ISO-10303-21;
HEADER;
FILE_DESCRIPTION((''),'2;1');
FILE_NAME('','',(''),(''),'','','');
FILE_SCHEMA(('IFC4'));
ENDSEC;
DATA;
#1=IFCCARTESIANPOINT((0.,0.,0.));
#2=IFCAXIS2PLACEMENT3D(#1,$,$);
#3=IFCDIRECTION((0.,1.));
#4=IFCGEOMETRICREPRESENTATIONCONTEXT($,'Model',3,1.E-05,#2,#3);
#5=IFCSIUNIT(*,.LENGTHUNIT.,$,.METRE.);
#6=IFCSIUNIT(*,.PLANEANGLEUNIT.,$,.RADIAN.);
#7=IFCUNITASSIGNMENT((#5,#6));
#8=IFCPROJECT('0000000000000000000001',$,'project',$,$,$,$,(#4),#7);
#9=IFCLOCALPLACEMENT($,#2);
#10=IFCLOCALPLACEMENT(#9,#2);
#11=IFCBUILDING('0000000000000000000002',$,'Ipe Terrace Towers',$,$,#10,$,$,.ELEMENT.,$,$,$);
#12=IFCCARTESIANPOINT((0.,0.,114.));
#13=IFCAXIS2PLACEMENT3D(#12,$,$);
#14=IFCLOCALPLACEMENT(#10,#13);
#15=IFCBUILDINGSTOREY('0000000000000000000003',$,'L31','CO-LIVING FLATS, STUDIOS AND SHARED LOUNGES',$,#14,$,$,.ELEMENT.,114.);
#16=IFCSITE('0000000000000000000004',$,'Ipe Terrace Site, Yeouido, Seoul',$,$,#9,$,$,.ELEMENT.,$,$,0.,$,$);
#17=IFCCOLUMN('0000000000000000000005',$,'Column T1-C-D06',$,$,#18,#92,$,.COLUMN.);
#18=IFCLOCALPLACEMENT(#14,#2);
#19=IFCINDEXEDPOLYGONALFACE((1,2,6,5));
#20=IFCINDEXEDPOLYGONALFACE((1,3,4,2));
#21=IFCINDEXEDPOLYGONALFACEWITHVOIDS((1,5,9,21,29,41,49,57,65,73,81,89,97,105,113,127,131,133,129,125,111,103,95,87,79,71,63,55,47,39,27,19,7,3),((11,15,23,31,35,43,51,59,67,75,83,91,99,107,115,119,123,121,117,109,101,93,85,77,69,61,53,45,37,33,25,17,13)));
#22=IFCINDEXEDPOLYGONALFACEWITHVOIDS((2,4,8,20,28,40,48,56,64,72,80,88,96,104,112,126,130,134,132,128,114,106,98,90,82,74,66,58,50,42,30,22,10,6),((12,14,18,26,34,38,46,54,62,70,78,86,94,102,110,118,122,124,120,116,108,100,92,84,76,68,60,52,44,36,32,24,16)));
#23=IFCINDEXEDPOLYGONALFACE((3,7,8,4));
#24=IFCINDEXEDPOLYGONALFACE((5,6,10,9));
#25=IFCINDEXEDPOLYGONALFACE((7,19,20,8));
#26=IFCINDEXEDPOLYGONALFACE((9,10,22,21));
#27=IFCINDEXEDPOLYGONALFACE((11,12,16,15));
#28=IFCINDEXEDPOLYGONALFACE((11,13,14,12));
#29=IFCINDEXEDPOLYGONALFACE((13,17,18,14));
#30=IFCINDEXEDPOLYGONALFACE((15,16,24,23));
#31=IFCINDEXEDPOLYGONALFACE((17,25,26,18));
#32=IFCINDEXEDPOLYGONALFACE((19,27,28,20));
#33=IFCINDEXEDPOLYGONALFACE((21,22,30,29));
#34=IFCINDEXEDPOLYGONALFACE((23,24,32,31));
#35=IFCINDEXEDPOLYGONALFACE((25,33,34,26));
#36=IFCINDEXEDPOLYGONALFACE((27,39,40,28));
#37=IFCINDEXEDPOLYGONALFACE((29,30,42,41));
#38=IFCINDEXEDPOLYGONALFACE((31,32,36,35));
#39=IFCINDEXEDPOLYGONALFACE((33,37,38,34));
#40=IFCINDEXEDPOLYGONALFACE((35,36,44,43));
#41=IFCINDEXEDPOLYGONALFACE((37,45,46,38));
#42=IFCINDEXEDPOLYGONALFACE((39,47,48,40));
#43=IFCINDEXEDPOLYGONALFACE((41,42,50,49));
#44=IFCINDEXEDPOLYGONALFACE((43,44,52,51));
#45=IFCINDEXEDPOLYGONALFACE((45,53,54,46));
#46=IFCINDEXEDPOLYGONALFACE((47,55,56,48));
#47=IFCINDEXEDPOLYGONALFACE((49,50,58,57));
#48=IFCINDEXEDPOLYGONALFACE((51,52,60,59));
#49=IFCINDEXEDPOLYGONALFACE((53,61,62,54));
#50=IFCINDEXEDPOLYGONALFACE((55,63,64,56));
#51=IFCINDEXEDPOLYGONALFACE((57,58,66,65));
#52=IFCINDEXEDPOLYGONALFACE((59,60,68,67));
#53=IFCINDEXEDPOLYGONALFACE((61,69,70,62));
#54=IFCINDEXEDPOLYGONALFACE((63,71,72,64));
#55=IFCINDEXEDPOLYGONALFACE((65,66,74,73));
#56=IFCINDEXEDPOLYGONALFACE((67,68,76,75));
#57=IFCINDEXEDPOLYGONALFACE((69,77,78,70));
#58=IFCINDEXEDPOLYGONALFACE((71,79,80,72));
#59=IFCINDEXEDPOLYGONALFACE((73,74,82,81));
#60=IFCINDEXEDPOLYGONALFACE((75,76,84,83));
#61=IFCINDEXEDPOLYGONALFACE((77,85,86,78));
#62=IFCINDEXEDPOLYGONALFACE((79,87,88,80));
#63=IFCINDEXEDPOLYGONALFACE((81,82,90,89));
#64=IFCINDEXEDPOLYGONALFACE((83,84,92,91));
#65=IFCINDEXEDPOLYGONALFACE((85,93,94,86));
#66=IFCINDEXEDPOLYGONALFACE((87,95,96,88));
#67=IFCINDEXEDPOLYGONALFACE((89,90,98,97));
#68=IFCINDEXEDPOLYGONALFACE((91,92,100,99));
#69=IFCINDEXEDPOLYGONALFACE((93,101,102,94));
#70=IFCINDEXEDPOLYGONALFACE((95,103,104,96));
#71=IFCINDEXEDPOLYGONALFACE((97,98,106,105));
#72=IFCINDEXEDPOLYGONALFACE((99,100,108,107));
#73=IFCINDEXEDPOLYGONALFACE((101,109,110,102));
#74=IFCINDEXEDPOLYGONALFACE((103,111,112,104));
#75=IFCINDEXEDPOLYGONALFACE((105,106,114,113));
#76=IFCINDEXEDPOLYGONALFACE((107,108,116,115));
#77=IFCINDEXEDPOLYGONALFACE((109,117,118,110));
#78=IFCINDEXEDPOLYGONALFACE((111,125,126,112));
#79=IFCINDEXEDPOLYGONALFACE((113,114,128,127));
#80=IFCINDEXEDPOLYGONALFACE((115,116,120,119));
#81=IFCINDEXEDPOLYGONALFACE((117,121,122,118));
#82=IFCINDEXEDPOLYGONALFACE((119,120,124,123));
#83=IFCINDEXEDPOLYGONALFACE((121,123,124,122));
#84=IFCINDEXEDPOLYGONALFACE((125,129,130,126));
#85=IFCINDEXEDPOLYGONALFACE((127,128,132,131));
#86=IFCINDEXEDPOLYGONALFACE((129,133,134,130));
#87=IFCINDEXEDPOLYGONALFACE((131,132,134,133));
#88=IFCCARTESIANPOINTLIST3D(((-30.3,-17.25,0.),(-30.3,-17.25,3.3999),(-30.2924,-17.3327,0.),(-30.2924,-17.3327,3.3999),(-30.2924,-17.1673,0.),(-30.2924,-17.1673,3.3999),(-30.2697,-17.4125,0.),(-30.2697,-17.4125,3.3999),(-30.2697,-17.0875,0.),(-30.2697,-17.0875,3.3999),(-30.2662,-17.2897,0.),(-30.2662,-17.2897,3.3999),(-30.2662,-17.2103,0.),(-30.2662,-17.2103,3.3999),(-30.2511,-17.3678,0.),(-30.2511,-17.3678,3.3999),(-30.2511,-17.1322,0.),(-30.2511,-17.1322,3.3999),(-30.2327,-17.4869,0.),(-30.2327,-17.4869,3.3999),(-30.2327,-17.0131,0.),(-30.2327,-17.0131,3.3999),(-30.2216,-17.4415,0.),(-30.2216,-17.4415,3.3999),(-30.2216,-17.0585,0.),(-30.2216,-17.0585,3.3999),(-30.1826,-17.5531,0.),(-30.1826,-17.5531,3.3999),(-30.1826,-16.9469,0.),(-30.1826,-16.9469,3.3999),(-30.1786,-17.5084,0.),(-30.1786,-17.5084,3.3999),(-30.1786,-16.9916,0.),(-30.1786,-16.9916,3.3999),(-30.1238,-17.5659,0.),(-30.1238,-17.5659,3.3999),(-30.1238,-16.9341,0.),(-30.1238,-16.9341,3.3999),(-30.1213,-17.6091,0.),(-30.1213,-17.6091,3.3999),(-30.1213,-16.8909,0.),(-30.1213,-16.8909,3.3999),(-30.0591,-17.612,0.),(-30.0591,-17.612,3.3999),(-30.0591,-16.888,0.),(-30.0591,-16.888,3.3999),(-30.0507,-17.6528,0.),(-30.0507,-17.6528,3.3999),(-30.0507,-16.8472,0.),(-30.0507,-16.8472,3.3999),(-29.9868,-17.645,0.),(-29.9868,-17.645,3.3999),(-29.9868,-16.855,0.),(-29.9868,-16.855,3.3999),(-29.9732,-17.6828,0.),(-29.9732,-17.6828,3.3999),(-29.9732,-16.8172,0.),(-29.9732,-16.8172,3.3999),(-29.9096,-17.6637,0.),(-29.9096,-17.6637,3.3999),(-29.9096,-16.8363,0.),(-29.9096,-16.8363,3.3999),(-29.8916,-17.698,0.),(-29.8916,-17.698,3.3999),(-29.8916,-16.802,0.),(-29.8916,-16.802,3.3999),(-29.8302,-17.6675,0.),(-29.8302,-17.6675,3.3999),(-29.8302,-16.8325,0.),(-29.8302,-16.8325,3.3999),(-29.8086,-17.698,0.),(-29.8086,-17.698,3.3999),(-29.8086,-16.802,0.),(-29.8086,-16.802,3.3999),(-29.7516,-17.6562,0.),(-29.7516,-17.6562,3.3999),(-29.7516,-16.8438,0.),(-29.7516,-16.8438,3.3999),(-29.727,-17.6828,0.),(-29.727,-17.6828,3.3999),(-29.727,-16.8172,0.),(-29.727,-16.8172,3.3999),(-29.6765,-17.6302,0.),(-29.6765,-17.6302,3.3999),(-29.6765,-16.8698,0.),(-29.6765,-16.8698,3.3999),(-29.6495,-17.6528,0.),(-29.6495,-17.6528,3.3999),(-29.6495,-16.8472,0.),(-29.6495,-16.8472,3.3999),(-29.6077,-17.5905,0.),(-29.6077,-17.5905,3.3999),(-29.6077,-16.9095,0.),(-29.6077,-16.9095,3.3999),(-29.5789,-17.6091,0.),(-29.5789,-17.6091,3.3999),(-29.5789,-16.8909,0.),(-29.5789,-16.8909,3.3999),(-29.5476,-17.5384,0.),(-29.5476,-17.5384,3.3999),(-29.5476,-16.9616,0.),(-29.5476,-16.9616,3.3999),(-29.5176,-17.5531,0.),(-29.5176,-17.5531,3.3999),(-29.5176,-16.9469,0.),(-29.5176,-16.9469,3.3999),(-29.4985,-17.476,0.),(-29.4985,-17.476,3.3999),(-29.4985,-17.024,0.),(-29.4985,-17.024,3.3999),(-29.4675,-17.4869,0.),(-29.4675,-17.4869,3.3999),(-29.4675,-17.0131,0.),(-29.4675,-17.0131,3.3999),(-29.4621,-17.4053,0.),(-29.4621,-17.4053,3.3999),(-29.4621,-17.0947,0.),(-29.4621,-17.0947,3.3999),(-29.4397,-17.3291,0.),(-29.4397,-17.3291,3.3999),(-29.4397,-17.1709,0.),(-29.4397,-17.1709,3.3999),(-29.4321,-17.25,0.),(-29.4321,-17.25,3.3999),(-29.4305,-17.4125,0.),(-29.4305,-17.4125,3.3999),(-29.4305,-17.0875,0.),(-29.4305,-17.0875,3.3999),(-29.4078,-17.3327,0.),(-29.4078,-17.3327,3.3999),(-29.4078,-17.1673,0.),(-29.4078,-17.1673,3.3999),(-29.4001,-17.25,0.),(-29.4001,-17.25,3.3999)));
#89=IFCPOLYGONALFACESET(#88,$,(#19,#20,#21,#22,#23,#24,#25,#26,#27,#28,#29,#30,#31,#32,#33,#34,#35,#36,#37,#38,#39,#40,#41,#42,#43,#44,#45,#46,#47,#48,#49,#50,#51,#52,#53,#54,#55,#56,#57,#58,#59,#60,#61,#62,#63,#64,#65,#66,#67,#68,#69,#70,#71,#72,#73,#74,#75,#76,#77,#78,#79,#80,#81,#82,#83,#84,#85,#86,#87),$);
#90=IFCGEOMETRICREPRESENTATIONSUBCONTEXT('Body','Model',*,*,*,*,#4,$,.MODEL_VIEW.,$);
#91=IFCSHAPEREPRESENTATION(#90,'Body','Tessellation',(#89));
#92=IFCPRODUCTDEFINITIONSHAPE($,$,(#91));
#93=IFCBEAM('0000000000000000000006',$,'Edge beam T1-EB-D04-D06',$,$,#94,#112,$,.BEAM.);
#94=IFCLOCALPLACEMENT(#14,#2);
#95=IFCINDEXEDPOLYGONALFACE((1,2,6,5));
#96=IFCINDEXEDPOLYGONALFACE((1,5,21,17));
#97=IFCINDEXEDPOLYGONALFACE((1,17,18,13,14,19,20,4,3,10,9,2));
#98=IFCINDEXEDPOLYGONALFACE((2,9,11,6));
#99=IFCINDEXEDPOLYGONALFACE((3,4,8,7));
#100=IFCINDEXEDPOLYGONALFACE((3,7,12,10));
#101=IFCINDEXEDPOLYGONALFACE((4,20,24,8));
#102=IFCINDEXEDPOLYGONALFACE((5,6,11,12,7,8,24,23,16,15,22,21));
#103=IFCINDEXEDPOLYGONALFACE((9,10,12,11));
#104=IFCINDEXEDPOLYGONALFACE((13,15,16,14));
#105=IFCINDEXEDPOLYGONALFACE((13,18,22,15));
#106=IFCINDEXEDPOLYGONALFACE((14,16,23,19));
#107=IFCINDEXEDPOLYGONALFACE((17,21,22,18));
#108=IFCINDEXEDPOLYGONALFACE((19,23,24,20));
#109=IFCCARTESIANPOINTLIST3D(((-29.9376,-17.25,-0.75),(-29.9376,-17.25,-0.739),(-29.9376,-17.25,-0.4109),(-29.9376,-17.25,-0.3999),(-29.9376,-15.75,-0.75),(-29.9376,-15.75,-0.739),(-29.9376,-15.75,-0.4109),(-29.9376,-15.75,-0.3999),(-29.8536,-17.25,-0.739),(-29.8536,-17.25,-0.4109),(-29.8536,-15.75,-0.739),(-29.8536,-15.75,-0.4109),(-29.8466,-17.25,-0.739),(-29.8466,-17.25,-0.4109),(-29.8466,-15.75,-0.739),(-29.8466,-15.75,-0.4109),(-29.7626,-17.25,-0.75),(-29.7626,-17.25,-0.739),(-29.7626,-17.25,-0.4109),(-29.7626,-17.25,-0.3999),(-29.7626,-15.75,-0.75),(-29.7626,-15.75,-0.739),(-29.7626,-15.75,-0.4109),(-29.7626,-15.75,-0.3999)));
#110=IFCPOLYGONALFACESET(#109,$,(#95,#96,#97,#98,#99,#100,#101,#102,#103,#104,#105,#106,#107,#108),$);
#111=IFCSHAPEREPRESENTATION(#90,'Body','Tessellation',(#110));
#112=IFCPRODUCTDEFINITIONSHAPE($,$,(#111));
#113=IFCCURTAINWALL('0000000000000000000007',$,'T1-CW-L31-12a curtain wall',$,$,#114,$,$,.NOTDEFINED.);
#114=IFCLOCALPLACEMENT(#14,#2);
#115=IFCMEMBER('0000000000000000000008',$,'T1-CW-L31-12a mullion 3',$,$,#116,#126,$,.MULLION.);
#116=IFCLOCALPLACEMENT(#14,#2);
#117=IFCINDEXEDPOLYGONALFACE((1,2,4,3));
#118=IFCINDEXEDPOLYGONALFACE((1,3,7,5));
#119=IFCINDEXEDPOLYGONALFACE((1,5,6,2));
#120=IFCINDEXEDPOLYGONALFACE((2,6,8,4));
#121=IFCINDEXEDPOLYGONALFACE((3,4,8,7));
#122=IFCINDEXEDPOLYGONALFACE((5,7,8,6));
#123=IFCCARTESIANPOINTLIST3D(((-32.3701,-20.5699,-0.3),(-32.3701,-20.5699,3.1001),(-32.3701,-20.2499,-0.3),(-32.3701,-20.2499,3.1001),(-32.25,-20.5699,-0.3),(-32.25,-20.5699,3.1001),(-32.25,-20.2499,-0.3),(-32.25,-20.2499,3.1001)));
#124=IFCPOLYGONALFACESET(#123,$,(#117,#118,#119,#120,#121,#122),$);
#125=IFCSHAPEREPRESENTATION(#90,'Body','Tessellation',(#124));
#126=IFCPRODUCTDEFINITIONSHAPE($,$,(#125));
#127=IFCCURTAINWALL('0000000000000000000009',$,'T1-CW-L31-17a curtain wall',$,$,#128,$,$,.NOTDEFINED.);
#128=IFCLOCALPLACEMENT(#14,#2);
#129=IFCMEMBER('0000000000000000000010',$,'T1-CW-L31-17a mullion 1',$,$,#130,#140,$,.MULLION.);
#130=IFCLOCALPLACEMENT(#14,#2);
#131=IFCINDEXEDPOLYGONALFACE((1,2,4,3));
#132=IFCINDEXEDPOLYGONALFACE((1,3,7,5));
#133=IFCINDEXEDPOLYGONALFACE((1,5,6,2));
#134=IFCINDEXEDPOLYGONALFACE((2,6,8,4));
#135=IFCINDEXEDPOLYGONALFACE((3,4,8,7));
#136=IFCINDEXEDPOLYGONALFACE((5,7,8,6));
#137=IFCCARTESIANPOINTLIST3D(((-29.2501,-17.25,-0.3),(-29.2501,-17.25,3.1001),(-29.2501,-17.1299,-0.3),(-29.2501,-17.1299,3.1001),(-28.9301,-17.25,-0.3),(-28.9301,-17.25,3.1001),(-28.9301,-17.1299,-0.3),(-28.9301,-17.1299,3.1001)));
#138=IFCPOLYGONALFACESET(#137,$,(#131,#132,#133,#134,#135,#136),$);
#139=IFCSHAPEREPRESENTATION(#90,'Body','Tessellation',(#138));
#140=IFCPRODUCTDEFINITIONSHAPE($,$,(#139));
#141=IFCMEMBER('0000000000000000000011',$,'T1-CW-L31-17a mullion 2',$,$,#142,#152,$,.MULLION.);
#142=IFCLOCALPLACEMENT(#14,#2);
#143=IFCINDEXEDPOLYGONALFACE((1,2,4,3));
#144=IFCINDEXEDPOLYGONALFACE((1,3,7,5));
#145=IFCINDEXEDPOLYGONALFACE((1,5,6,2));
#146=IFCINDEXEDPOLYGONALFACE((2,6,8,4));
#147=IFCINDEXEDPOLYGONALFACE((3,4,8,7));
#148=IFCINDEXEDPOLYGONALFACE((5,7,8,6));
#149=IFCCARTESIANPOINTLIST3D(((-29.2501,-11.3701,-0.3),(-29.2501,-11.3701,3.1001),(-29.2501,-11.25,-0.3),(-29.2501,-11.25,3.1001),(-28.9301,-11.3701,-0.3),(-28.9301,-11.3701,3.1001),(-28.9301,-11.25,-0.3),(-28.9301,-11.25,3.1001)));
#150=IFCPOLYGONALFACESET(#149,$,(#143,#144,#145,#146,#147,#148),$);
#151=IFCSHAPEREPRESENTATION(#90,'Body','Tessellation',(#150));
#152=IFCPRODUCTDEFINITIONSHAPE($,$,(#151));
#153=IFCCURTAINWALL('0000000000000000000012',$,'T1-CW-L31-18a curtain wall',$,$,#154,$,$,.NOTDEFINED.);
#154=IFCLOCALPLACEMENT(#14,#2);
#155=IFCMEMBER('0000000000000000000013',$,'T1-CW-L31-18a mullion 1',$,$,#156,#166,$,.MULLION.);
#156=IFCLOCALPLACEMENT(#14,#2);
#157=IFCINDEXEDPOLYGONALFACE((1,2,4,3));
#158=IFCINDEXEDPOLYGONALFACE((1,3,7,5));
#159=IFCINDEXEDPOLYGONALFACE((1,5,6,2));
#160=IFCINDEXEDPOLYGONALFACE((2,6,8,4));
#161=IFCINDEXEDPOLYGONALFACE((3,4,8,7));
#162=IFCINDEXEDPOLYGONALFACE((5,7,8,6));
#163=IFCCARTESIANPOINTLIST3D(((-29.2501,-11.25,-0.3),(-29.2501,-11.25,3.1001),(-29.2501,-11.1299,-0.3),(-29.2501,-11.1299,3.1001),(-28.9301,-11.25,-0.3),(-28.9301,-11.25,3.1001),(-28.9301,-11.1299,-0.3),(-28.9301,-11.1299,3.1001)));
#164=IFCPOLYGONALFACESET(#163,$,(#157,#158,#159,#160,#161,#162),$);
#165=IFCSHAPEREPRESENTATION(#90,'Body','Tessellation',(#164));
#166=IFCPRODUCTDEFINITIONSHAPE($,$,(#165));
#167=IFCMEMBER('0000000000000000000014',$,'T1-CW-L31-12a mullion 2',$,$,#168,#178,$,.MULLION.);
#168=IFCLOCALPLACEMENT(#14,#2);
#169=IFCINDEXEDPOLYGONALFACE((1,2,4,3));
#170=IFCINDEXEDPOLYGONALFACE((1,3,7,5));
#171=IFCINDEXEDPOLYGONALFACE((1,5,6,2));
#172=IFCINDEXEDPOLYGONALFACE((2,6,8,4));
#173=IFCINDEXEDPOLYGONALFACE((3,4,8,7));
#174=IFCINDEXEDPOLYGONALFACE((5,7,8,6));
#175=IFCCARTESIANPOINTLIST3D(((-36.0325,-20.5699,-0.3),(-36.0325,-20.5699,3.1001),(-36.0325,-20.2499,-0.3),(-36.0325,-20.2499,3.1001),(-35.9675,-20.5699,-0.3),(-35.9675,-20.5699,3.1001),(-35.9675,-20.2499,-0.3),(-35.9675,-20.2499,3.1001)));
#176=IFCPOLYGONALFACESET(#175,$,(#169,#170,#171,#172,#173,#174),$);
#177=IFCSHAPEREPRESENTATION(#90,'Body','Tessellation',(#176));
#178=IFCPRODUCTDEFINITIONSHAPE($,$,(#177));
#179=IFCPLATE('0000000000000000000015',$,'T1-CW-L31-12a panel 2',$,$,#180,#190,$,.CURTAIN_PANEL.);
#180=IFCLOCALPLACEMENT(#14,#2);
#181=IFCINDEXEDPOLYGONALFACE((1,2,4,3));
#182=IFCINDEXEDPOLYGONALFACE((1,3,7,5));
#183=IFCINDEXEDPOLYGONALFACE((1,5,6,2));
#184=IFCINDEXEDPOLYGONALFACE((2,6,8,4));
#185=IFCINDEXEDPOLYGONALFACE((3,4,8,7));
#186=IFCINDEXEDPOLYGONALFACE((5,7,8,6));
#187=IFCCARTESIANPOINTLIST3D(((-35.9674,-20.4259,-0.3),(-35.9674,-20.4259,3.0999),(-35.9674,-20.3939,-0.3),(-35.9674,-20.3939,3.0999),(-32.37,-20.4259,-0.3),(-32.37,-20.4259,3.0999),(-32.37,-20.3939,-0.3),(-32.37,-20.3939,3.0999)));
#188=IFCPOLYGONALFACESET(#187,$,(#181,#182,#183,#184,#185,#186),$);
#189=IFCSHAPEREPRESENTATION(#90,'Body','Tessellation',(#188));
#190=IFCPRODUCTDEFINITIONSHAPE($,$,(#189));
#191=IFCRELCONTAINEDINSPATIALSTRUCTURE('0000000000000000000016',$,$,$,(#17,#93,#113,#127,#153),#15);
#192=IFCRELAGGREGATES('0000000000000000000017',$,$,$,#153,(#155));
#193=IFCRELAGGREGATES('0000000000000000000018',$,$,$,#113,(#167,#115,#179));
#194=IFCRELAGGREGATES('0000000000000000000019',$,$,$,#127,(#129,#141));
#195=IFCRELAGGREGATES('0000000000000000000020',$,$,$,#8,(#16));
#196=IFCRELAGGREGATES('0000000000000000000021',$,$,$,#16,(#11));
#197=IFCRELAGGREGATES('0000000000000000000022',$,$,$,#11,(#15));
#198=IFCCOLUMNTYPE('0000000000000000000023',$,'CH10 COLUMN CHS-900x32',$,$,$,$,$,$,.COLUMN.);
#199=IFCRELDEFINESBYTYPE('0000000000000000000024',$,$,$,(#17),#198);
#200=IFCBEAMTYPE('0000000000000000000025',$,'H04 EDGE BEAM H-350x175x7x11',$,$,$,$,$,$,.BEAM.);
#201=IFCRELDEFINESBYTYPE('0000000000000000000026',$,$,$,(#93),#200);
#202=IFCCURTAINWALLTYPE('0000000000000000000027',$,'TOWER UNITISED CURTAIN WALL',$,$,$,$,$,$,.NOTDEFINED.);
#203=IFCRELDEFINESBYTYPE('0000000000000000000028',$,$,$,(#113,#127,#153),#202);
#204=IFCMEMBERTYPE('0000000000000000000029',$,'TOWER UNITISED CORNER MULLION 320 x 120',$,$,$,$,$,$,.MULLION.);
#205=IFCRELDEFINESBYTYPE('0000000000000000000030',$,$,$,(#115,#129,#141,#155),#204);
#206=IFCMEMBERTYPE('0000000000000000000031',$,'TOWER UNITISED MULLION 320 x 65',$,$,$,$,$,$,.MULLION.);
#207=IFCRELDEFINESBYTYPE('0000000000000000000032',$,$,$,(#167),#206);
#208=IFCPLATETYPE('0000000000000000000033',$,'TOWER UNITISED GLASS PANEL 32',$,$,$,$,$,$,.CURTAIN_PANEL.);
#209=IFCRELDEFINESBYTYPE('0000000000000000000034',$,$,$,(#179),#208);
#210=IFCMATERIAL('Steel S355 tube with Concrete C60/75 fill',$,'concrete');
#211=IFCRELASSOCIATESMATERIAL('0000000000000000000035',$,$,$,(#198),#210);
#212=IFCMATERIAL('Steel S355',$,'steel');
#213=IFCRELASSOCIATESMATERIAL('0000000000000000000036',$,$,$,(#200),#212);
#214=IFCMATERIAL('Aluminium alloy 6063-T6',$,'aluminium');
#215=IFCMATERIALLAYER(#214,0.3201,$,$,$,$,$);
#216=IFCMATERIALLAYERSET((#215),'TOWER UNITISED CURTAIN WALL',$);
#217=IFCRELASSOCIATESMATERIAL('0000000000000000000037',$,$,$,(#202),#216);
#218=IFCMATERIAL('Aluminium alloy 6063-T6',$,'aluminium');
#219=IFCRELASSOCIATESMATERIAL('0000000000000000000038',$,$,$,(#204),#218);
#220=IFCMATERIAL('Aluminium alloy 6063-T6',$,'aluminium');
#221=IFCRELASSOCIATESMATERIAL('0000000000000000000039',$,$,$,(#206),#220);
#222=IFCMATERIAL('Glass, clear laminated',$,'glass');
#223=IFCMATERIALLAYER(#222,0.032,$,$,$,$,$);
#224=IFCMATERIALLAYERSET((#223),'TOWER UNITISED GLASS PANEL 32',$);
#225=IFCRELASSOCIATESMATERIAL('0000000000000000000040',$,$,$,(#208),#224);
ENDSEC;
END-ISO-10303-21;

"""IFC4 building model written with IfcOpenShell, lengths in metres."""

from ifc_helpers import new_model, si_unit, direction, frame, origin, origin_2d, place, context, subcontext, project, spatial, rectangle, hollow_circle, i_section, extrude, material, layer, layer_set, material_profile, profile_set, type_object, element, aggregate, save


model = new_model("IFC4")

# Units and contexts
model_context = context("Model", 3, precision=1e-05, world=origin(), true_north=direction((0.0, 1.0)))
body_context = subcontext(model_context, "Body", "Model", "MODEL_VIEW")
ifc_project = project(units=[si_unit("LENGTHUNIT", "METRE"), si_unit("PLANEANGLEUNIT", "RADIAN")], contexts=[model_context])

# Site, building, storey
site_placement = place(None, origin())
site = spatial("IfcSite", under=ifc_project, at=site_placement, Name="Ipe Terrace Site, Yeouido, Seoul", CompositionType="ELEMENT", RefElevation=0.0)
building_placement = place(site_placement, origin())
building = spatial("IfcBuilding", under=site, at=building_placement, Name="Ipe Terrace Towers", CompositionType="ELEMENT")
storey_placement = place(building_placement, frame((0.0, 0.0, 114.0)))
storey = spatial("IfcBuildingStorey", under=building, at=storey_placement, Name="L31", Description="CO-LIVING FLATS, STUDIOS AND SHARED LOUNGES", CompositionType="ELEMENT", Elevation=114.0)

# Column
ifc_material_1 = material(Name="Steel S355 tube with Concrete C60/75 fill", Category="concrete")
ifc_material_profile_1 = material_profile(ifc_material_1, hollow_circle(Radius=0.45, WallThickness=0.032, at=origin_2d()), Name="CHS-900x32")
ifc_profile_set_1 = profile_set([ifc_material_profile_1], Name="Steel S355 tube with Concrete C60/75 fill")
column_type_1 = type_object("IfcColumnType", Name="CH10 COLUMN CHS-900x32", PredefinedType="COLUMN", material=ifc_profile_set_1)
for number, where, z_axis, x_axis, name in (
    (1, (-29.8501, -17.25, 0.0), (0.0, 0.0, 1.0), (1.0, 0.0, 0.0), "Column T1-C-D06"),
):
    element("IfcColumn", number, at=place(storey_placement, frame(where, z_axis=z_axis, x_axis=x_axis)), inside=storey, type_object=column_type_1, Name=name, PredefinedType="COLUMN", context=body_context, shape_type="SweptSolid", body=[
        extrude(hollow_circle(Radius=0.45, WallThickness=0.032, at=origin_2d()), origin(), (0.0, 0.0, 1.0), 3.3999),
    ])

# Beam
ifc_material_2 = material(Name="Steel S355", Category="steel")
ifc_material_profile_2 = material_profile(ifc_material_2, i_section(OverallWidth=0.175, OverallDepth=0.3501, WebThickness=0.0071, FlangeThickness=0.011, at=origin_2d()), Name="H-350x175x7x11")
ifc_profile_set_2 = profile_set([ifc_material_profile_2], Name="Steel S355")
beam_type = type_object("IfcBeamType", Name="H04 EDGE BEAM H-350x175x7x11", PredefinedType="BEAM", material=ifc_profile_set_2)
beam_placement = place(storey_placement, frame((-29.8501, -15.75, -0.575), z_axis=(0.0, -1.0, 0.0), x_axis=(1.0, 0.0, 0.0)))
element("IfcBeam", 2, at=beam_placement, inside=storey, type_object=beam_type, Name="Edge beam T1-EB-D04-D06", PredefinedType="BEAM", context=body_context, shape_type="SweptSolid", body=[
    extrude(i_section(OverallWidth=0.175, OverallDepth=0.3501, WebThickness=0.0071, FlangeThickness=0.011, at=origin_2d()), origin(), (0.0, 0.0, 1.0), 1.5),
])

# Curtain wall, member
ifc_material_3 = material(Name="Aluminium alloy 6063-T6", Category="aluminium")
ifc_layer_1 = layer(ifc_material_3, 0.3201)
ifc_layer_set_1 = layer_set([ifc_layer_1], Name="TOWER UNITISED CURTAIN WALL")
curtain_wall_type = type_object("IfcCurtainWallType", Name="TOWER UNITISED CURTAIN WALL", PredefinedType="NOTDEFINED", material=ifc_layer_set_1)
curtain_wall_1_placement = place(storey_placement, origin())
curtain_wall_1 = element("IfcCurtainWall", 3, at=curtain_wall_1_placement, inside=storey, type_object=curtain_wall_type, Name="T1-CW-L31-12a curtain wall", PredefinedType="NOTDEFINED")
ifc_material_4 = material(Name="Aluminium alloy 6063-T6", Category="aluminium")
ifc_material_profile_3 = material_profile(ifc_material_4, rectangle(XDim=0.3201, YDim=0.1201, at=origin_2d()), Name="TOWER UNITISED CORNER MULLION 320 x 120")
ifc_profile_set_3 = profile_set([ifc_material_profile_3], Name="Aluminium alloy 6063-T6")
member_type_1 = type_object("IfcMemberType", Name="TOWER UNITISED CORNER MULLION 320 x 120", PredefinedType="MULLION", material=ifc_profile_set_3)
member_1_placement = place(storey_placement, frame((-32.3101, -20.4099, -0.3), z_axis=(0.0, 0.0, 1.0), x_axis=(0.0, -1.0, 0.0)))
member_1 = element("IfcMember", 4, at=member_1_placement, type_object=member_type_1, Name="T1-CW-L31-12a mullion 3", PredefinedType="MULLION", context=body_context, shape_type="SweptSolid", body=[
    extrude(rectangle(XDim=0.3201, YDim=0.1201, at=origin_2d()), origin(), (0.0, 0.0, 1.0), 3.4001),
])

# Curtain wall, members
curtain_wall_2_placement = place(storey_placement, origin())
curtain_wall_2 = element("IfcCurtainWall", 5, at=curtain_wall_2_placement, inside=storey, type_object=curtain_wall_type, Name="T1-CW-L31-17a curtain wall", PredefinedType="NOTDEFINED")
member_2_placement = place(storey_placement, frame((-29.0901, -17.1899, -0.3), z_axis=(0.0, 0.0, 1.0), x_axis=(1.0, 0.0, 0.0)))
member_2 = element("IfcMember", 6, at=member_2_placement, type_object=member_type_1, Name="T1-CW-L31-17a mullion 1", PredefinedType="MULLION", context=body_context, shape_type="SweptSolid", body=[
    extrude(rectangle(XDim=0.3201, YDim=0.1201, at=origin_2d()), origin(), (0.0, 0.0, 1.0), 3.4001),
])
member_3_placement = place(storey_placement, frame((-29.0901, -11.3101, -0.3), z_axis=(0.0, 0.0, 1.0), x_axis=(1.0, 0.0, 0.0)))
member_3 = element("IfcMember", 7, at=member_3_placement, type_object=member_type_1, Name="T1-CW-L31-17a mullion 2", PredefinedType="MULLION", context=body_context, shape_type="SweptSolid", body=[
    extrude(rectangle(XDim=0.3201, YDim=0.1201, at=origin_2d()), origin(), (0.0, 0.0, 1.0), 3.4001),
])

# Curtain wall, member
curtain_wall_3_placement = place(storey_placement, origin())
curtain_wall_3 = element("IfcCurtainWall", 8, at=curtain_wall_3_placement, inside=storey, type_object=curtain_wall_type, Name="T1-CW-L31-18a curtain wall", PredefinedType="NOTDEFINED")
member_4_placement = place(storey_placement, frame((-29.0901, -11.1899, -0.3), z_axis=(0.0, 0.0, 1.0), x_axis=(1.0, 0.0, 0.0)))
member_4 = element("IfcMember", 9, at=member_4_placement, type_object=member_type_1, Name="T1-CW-L31-18a mullion 1", PredefinedType="MULLION", context=body_context, shape_type="SweptSolid", body=[
    extrude(rectangle(XDim=0.3201, YDim=0.1201, at=origin_2d()), origin(), (0.0, 0.0, 1.0), 3.4001),
])
aggregate(curtain_wall_3, [member_4])

# Member
ifc_material_5 = material(Name="Aluminium alloy 6063-T6", Category="aluminium")
ifc_material_profile_4 = material_profile(ifc_material_5, rectangle(XDim=0.3201, YDim=0.0649, at=origin_2d()), Name="TOWER UNITISED MULLION 320 x 65")
ifc_profile_set_4 = profile_set([ifc_material_profile_4], Name="Aluminium alloy 6063-T6")
member_type_2 = type_object("IfcMemberType", Name="TOWER UNITISED MULLION 320 x 65", PredefinedType="MULLION", material=ifc_profile_set_4)
member_5_placement = place(storey_placement, frame((-36.0, -20.4099, -0.3), z_axis=(0.0, 0.0, 1.0), x_axis=(0.0, -1.0, 0.0)))
member_5 = element("IfcMember", 10, at=member_5_placement, type_object=member_type_2, Name="T1-CW-L31-12a mullion 2", PredefinedType="MULLION", context=body_context, shape_type="SweptSolid", body=[
    extrude(rectangle(XDim=0.3201, YDim=0.0649, at=origin_2d()), origin(), (0.0, 0.0, 1.0), 3.4001),
])

# Plate
ifc_material_6 = material(Name="Glass, clear laminated", Category="glass")
ifc_layer_2 = layer(ifc_material_6, 0.032)
ifc_layer_set_2 = layer_set([ifc_layer_2], Name="TOWER UNITISED GLASS PANEL 32")
plate_type = type_object("IfcPlateType", Name="TOWER UNITISED GLASS PANEL 32", PredefinedType="CURTAIN_PANEL", material=ifc_layer_set_2)
plate_1_placement = place(storey_placement, frame((-34.1687, -20.4099, -0.3), z_axis=(0.0, 0.0, 1.0), x_axis=(1.0, 0.0, 0.0)))
plate_1 = element("IfcPlate", 11, at=plate_1_placement, type_object=plate_type, Name="T1-CW-L31-12a panel 2", PredefinedType="CURTAIN_PANEL", context=body_context, shape_type="SweptSolid", body=[
    extrude(rectangle(XDim=3.5974, YDim=0.032, at=origin_2d()), origin(), (0.0, 0.0, 1.0), 3.3999),
])
aggregate(curtain_wall_1, [member_5, member_1, plate_1])
aggregate(curtain_wall_2, [member_2, member_3])

save(model, "model.ifc")
